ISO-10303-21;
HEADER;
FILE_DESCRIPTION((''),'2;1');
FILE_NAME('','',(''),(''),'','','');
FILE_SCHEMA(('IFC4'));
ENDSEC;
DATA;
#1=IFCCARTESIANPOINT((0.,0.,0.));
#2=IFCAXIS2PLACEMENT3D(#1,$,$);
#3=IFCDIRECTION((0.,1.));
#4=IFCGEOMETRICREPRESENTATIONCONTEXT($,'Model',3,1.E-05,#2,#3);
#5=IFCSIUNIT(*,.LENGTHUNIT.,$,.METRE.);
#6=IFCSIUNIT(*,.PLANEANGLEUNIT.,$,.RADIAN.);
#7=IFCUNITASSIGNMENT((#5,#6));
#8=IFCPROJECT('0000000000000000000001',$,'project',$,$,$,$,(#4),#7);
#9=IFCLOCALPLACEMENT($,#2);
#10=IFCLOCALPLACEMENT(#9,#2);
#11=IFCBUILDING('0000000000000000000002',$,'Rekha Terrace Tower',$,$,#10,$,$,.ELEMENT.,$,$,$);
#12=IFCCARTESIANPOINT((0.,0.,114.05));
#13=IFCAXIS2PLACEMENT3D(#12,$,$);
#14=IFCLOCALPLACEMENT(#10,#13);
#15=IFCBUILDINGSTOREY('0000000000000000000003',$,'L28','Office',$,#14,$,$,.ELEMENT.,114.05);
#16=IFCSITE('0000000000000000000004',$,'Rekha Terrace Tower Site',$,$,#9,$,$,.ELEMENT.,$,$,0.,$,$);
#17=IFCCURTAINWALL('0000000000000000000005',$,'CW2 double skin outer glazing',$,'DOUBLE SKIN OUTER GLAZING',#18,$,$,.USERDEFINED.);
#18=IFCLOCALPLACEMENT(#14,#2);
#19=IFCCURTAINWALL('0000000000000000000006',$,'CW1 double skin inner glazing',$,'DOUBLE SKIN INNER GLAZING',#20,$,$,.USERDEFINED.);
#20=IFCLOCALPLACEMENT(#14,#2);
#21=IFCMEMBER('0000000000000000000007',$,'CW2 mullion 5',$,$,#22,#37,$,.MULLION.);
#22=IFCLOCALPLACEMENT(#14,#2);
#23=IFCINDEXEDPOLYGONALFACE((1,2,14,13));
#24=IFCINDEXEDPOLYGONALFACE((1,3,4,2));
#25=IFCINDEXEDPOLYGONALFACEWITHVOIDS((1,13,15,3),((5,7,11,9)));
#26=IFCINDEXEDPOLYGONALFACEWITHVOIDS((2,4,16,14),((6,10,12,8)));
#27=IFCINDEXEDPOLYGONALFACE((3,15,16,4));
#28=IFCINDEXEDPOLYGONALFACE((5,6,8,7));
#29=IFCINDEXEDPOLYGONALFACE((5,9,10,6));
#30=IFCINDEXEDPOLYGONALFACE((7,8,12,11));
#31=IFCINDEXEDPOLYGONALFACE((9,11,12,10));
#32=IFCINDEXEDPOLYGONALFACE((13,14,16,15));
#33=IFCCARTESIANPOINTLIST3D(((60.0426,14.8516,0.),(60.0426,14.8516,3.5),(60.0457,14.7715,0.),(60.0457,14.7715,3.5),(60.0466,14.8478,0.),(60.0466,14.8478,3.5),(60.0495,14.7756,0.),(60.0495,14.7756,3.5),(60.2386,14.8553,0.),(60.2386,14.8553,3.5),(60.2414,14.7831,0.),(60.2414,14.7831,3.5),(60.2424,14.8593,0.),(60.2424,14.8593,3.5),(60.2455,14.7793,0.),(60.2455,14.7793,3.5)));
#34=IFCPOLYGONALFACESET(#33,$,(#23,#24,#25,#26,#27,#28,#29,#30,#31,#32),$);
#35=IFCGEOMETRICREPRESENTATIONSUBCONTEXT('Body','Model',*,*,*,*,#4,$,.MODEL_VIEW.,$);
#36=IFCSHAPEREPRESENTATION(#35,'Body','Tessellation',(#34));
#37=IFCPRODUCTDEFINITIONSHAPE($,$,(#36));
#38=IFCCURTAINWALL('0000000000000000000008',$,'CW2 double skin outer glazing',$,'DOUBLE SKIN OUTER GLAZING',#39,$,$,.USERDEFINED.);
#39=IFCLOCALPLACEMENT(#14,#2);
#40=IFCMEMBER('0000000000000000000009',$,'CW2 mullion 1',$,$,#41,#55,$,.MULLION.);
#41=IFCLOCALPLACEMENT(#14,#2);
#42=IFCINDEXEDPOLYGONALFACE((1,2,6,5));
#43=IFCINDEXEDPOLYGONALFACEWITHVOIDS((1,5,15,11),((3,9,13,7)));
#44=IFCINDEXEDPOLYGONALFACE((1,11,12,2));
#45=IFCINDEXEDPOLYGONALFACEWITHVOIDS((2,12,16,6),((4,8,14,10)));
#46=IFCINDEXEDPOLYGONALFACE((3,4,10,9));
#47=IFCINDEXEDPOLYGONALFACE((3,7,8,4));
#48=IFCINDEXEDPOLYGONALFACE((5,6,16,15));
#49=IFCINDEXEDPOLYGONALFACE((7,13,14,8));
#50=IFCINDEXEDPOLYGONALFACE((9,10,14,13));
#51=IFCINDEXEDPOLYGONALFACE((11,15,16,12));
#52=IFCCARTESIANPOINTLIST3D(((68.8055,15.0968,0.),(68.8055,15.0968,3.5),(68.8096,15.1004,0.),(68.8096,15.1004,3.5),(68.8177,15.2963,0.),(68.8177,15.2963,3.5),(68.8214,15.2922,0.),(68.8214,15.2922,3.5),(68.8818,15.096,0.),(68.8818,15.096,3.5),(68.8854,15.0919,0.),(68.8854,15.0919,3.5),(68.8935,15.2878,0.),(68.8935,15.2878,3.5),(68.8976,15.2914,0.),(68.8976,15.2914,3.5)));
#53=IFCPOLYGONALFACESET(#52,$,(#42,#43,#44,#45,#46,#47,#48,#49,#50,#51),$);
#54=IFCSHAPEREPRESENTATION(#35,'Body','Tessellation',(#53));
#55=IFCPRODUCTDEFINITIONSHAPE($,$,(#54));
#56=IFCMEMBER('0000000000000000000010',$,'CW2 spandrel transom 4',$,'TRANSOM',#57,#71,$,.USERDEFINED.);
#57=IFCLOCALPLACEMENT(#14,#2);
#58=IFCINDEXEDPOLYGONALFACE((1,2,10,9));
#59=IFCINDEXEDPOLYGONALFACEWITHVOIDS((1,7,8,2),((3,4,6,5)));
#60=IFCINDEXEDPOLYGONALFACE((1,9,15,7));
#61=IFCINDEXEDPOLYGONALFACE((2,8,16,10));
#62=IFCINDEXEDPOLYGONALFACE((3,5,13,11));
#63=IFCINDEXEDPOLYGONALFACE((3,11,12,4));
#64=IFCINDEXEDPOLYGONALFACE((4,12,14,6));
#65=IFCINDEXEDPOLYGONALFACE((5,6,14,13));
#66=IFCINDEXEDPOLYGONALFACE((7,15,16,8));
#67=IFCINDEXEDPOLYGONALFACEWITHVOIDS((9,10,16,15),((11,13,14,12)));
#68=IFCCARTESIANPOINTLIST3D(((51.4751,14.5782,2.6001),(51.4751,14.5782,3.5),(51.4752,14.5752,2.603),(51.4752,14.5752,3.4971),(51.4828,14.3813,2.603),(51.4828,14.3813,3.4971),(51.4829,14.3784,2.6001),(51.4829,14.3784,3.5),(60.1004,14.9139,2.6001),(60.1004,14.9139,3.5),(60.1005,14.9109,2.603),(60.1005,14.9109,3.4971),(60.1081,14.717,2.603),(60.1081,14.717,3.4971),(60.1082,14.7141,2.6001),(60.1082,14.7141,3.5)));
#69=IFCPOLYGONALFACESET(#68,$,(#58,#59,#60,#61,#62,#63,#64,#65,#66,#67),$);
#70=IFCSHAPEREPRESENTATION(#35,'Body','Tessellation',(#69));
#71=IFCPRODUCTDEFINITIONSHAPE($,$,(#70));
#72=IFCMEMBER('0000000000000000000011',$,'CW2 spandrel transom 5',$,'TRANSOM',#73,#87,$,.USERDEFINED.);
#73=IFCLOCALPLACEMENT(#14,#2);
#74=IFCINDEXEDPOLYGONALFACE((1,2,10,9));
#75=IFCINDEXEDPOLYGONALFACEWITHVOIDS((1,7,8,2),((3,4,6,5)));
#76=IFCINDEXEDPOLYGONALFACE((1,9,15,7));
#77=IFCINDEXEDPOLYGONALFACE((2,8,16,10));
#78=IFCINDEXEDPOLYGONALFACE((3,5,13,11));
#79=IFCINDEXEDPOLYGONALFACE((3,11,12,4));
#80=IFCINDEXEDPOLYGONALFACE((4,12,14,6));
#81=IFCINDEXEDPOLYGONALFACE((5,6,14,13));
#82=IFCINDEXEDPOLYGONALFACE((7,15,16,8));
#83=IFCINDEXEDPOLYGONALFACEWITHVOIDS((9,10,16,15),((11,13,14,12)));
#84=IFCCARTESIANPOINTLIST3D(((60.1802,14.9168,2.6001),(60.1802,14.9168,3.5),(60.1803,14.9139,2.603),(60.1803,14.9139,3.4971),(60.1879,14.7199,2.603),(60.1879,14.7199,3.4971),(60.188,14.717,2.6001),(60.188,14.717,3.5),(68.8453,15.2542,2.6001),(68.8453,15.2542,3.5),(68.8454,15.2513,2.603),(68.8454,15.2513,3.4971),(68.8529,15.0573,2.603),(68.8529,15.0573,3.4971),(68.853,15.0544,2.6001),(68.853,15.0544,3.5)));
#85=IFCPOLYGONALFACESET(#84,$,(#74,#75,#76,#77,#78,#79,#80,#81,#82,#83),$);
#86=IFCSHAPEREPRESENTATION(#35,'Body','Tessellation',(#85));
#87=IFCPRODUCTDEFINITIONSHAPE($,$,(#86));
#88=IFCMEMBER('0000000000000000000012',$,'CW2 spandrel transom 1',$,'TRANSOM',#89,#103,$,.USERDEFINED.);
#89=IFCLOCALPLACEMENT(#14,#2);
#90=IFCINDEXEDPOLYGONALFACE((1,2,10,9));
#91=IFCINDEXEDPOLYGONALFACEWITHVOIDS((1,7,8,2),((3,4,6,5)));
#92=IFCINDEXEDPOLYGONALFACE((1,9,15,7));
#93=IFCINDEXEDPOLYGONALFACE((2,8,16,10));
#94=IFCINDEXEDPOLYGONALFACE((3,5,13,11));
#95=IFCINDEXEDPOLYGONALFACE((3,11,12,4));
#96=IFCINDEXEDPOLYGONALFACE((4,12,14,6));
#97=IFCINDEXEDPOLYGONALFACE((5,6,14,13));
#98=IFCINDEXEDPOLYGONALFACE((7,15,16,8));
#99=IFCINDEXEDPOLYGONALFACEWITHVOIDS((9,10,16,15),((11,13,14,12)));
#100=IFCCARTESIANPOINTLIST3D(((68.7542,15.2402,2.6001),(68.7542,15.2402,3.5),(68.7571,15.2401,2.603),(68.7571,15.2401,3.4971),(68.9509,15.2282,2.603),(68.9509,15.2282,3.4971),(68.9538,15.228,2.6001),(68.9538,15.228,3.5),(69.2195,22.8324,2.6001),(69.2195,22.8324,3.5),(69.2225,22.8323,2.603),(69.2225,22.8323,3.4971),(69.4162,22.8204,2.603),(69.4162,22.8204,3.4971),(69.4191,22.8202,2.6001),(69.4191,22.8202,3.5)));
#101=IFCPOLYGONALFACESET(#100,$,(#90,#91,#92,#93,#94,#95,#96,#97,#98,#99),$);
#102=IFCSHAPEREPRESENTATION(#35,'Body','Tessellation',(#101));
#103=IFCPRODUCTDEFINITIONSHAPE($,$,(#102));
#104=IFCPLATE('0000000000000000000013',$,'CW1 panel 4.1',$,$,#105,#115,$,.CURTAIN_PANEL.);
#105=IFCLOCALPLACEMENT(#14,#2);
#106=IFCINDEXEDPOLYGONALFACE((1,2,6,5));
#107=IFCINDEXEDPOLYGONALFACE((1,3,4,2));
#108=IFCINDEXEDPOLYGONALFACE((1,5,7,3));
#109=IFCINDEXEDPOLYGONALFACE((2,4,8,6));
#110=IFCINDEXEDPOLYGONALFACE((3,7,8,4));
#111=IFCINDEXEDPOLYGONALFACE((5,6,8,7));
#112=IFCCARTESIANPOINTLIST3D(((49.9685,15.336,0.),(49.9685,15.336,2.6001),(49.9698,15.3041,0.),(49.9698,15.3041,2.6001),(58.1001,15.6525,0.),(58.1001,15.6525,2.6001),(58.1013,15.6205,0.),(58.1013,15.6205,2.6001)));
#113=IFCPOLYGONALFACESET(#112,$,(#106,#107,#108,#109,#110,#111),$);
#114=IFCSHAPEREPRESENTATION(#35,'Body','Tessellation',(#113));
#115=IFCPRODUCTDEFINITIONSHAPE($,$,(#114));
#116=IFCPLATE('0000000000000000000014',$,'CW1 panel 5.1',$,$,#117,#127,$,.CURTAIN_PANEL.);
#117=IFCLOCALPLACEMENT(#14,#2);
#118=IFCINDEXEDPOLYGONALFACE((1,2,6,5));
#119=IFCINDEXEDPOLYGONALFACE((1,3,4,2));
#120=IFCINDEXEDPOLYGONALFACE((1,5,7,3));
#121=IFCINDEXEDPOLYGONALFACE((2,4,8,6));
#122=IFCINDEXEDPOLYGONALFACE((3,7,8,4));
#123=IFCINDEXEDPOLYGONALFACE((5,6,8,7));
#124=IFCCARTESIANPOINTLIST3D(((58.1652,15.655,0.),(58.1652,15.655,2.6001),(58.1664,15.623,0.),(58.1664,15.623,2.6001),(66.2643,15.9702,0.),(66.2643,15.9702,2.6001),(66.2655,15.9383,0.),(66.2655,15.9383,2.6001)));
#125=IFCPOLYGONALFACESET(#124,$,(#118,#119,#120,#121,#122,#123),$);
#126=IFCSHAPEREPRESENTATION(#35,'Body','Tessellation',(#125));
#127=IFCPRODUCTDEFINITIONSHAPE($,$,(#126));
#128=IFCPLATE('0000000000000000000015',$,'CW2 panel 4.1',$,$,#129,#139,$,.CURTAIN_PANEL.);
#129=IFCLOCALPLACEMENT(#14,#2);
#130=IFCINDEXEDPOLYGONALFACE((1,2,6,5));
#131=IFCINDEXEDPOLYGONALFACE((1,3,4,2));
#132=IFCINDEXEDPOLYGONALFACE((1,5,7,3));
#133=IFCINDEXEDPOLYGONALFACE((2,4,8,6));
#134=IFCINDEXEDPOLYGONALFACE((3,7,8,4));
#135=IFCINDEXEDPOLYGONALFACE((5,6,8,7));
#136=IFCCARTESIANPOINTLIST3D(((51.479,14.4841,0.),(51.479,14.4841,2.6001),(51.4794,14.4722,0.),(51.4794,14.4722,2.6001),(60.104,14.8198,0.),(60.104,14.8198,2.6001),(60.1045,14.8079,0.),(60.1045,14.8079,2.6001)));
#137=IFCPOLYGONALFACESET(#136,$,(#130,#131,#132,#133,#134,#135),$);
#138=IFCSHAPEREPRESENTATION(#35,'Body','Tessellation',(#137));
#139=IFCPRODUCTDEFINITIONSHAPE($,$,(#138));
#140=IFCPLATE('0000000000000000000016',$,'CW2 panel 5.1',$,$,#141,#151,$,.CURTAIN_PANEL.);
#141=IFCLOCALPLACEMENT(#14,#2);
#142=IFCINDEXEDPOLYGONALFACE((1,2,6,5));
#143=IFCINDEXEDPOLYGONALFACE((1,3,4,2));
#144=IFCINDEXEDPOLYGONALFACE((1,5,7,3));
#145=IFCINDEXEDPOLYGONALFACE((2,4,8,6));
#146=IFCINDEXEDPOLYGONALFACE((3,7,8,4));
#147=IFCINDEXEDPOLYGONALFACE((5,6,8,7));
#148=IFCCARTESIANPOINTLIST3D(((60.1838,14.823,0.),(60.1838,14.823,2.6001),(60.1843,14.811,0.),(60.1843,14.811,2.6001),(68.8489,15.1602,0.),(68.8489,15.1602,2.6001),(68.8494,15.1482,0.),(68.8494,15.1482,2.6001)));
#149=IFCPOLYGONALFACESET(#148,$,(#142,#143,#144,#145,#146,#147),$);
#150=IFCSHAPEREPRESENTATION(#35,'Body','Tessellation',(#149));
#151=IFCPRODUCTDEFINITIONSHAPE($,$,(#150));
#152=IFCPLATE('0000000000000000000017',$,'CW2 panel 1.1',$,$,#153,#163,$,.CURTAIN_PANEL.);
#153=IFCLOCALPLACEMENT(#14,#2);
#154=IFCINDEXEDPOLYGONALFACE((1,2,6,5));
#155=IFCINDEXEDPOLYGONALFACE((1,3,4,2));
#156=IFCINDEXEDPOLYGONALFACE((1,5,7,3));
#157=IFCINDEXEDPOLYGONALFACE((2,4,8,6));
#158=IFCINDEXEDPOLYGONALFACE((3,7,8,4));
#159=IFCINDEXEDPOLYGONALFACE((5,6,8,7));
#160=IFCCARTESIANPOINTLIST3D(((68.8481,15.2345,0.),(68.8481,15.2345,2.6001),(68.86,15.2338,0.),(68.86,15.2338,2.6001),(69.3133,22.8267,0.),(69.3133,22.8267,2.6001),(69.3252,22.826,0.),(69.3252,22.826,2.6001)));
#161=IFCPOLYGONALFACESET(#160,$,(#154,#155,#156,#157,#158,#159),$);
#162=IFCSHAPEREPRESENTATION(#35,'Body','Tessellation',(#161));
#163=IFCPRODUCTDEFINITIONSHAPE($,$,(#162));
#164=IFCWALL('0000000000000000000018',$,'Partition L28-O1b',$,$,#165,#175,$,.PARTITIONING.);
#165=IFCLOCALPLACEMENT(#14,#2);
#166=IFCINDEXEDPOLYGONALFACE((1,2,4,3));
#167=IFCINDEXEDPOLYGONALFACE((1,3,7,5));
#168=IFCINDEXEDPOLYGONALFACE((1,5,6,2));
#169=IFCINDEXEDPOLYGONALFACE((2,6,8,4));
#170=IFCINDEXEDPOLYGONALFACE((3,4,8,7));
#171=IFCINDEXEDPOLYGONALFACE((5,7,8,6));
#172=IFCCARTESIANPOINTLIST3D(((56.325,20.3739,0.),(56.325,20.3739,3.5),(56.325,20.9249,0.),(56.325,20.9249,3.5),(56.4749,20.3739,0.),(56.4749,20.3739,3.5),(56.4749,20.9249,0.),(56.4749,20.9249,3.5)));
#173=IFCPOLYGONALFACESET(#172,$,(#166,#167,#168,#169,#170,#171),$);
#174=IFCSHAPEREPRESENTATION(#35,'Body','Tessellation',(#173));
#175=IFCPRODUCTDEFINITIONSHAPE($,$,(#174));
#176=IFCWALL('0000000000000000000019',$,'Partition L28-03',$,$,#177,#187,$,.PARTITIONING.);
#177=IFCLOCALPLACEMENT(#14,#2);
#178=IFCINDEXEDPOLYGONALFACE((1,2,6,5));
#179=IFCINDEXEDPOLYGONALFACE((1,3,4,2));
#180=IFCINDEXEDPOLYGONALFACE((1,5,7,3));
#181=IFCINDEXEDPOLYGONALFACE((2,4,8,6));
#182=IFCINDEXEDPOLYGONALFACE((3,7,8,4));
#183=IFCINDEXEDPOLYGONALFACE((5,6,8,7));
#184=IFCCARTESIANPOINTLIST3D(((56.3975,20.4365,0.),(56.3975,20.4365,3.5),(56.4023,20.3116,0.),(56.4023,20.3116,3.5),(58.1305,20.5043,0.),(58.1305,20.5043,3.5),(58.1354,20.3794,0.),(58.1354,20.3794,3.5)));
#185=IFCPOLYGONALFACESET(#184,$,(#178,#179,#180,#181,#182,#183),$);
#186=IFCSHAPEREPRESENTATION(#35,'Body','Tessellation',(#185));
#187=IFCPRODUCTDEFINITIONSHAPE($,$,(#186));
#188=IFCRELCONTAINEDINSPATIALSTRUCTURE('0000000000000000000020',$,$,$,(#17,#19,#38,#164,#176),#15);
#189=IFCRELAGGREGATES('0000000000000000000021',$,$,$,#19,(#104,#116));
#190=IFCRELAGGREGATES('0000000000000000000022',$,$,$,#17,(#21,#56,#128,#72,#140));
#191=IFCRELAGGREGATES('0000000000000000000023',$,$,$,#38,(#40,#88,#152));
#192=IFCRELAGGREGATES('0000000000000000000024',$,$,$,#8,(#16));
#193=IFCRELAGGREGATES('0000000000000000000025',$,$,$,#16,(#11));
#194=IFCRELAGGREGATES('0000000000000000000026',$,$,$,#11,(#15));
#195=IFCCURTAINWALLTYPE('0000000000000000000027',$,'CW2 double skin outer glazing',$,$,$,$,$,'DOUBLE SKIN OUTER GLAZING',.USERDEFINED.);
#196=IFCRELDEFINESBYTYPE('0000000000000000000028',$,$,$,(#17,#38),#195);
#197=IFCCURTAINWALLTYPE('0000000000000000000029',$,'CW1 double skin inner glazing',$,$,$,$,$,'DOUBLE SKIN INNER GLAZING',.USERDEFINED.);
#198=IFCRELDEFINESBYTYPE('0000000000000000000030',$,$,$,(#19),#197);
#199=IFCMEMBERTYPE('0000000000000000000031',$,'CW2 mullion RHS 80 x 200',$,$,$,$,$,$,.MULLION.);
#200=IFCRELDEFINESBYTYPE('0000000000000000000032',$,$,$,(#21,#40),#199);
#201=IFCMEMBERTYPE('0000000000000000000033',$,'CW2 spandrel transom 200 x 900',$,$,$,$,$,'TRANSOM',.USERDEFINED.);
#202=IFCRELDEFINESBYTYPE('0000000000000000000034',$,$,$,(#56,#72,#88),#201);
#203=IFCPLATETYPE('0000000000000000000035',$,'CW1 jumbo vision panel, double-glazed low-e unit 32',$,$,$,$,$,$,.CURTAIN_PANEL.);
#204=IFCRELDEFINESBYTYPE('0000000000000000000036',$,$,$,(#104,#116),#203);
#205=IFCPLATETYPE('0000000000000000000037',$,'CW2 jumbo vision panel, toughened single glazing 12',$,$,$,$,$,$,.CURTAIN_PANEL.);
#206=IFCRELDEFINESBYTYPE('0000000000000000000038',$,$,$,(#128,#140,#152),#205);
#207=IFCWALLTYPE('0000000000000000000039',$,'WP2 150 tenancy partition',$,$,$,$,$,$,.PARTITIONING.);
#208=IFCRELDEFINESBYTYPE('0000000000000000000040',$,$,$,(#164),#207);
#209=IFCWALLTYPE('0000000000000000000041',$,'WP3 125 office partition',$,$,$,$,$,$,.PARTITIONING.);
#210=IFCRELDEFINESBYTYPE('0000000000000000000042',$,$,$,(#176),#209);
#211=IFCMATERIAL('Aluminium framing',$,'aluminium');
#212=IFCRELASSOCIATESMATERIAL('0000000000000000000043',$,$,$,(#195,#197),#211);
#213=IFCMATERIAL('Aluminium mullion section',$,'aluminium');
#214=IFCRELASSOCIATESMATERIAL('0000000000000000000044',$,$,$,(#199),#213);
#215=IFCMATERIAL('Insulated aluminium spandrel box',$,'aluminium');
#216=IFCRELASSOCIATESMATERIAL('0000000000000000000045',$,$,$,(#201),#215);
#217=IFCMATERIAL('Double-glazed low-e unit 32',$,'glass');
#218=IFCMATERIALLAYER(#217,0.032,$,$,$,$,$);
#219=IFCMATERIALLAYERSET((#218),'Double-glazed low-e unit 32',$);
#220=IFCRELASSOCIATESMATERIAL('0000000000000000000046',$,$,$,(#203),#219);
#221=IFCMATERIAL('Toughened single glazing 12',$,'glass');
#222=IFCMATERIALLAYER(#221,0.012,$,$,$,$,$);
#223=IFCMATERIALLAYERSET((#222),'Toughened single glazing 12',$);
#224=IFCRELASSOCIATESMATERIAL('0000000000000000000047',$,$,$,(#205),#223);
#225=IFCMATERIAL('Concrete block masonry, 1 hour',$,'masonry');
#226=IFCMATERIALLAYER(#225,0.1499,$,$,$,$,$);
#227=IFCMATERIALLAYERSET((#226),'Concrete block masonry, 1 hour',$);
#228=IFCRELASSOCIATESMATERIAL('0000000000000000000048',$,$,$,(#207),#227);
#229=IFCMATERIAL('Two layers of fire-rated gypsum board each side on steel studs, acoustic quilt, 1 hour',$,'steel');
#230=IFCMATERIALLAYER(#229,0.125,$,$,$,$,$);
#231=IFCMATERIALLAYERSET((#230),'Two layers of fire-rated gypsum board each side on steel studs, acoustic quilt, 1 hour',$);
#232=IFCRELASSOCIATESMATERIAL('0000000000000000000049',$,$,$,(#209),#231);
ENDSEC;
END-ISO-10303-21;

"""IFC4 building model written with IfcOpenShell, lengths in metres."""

from ifc_helpers import new_model, si_unit, direction, frame, frame_2d, origin, origin_2d, place, context, subcontext, project, spatial, rectangle, hollow_rectangle, extrude, material, layer, layer_set, material_profile, profile_set, type_object, element, aggregate, save


model = new_model("IFC4")

# Units and contexts
model_context = context("Model", 3, precision=1e-05, world=origin(), true_north=direction((0.0, 1.0)))
body_context = subcontext(model_context, "Body", "Model", "MODEL_VIEW")
ifc_project = project(units=[si_unit("LENGTHUNIT", "METRE"), si_unit("PLANEANGLEUNIT", "RADIAN")], contexts=[model_context])

# Site, building, storey
site_placement = place(None, origin())
site = spatial("IfcSite", under=ifc_project, at=site_placement, Name="Rekha Terrace Tower Site", CompositionType="ELEMENT", RefElevation=0.0)
building_placement = place(site_placement, origin())
building = spatial("IfcBuilding", under=site, at=building_placement, Name="Rekha Terrace Tower", CompositionType="ELEMENT")
storey_placement = place(building_placement, frame((0.0, 0.0, 114.05)))
storey = spatial("IfcBuildingStorey", under=building, at=storey_placement, Name="L28", Description="Office", CompositionType="ELEMENT", Elevation=114.05)

# Curtain walls
ifc_material_1 = material(Name="Aluminium framing", Category="aluminium")
curtain_wall_type_1 = type_object("IfcCurtainWallType", Name="CW2 double skin outer glazing", ElementType="DOUBLE SKIN OUTER GLAZING", PredefinedType="USERDEFINED", material=ifc_material_1)
curtain_wall_1_placement = place(storey_placement, origin())
curtain_wall_1 = element("IfcCurtainWall", 1, at=curtain_wall_1_placement, inside=storey, type_object=curtain_wall_type_1, Name="CW2 double skin outer glazing", ObjectType="DOUBLE SKIN OUTER GLAZING", PredefinedType="USERDEFINED")
curtain_wall_type_2 = type_object("IfcCurtainWallType", Name="CW1 double skin inner glazing", ElementType="DOUBLE SKIN INNER GLAZING", PredefinedType="USERDEFINED", material=ifc_material_1)
curtain_wall_2_placement = place(storey_placement, origin())
curtain_wall_2 = element("IfcCurtainWall", 2, at=curtain_wall_2_placement, inside=storey, type_object=curtain_wall_type_2, Name="CW1 double skin inner glazing", ObjectType="DOUBLE SKIN INNER GLAZING", PredefinedType="USERDEFINED")
ifc_material_2 = material(Name="Aluminium mullion section", Category="aluminium")

# Member
ifc_material_3 = material(Name="Insulated aluminium spandrel box", Category="aluminium")
ifc_material_profile_1 = material_profile(ifc_material_2, hollow_rectangle(XDim=0.0801, YDim=0.2, WallThickness=0.0039, at=origin_2d()), Name="AL RHS 80x200")
ifc_profile_set_1 = profile_set([ifc_material_profile_1], Name="Aluminium mullion section")
member_type_1 = type_object("IfcMemberType", Name="CW2 mullion RHS 80 x 200", PredefinedType="MULLION", material=ifc_profile_set_1)
member_1_placement = place(storey_placement, frame((60.144, 14.8154, 0.0), z_axis=(0.0, 0.0, 1.0), x_axis=(-0.03889, 0.999243, 0.0)))
member_1 = element("IfcMember", 3, at=member_1_placement, type_object=member_type_1, Name="CW2 mullion 5", PredefinedType="MULLION", context=body_context, shape_type="SweptSolid", body=[
    extrude(hollow_rectangle(XDim=0.0801, YDim=0.2, WallThickness=0.0039, at=origin_2d()), origin(), (0.0, 0.0, 1.0), 3.5),
])

# Curtain wall, member
curtain_wall_3_placement = place(storey_placement, origin())
curtain_wall_3 = element("IfcCurtainWall", 4, at=curtain_wall_3_placement, inside=storey, type_object=curtain_wall_type_1, Name="CW2 double skin outer glazing", ObjectType="DOUBLE SKIN OUTER GLAZING", PredefinedType="USERDEFINED")
member_2_placement = place(storey_placement, frame((68.8516, 15.1941, 0.0), z_axis=(0.0, 0.0, 1.0), x_axis=(-0.998128, 0.06116, 0.0)))
member_2 = element("IfcMember", 5, at=member_2_placement, type_object=member_type_1, Name="CW2 mullion 1", PredefinedType="MULLION", context=body_context, shape_type="SweptSolid", body=[
    extrude(hollow_rectangle(XDim=0.0801, YDim=0.2, WallThickness=0.0039, at=origin_2d()), origin(), (0.0, 0.0, 1.0), 3.5),
])

# Members
ifc_material_profile_2 = material_profile(ifc_material_3, hollow_rectangle(XDim=0.2, YDim=0.8999, WallThickness=0.0029, at=origin_2d()), Name="AL SPANDREL BOX 200x900")
ifc_profile_set_2 = profile_set([ifc_material_profile_2], Name="Insulated aluminium spandrel box")
member_type_2 = type_object("IfcMemberType", Name="CW2 spandrel transom 200 x 900", ElementType="TRANSOM", PredefinedType="USERDEFINED", material=ifc_profile_set_2)
member_3_placement = place(storey_placement, frame((51.479, 14.4783, 3.05), z_axis=(0.999243, 0.03889, 0.0), x_axis=(-0.03889, 0.999243, 0.0)))
member_3 = element("IfcMember", 6, at=member_3_placement, type_object=member_type_2, Name="CW2 spandrel transom 4", ObjectType="TRANSOM", PredefinedType="USERDEFINED", context=body_context, shape_type="SweptSolid", body=[
    extrude(hollow_rectangle(XDim=0.2, YDim=0.8999, WallThickness=0.0029, at=origin_2d()), origin(), (0.0, 0.0, 1.0), 8.6318),
])
member_4_placement = place(storey_placement, frame((60.1841, 14.8169, 3.05), z_axis=(0.999243, 0.038909, 0.0), x_axis=(-0.038909, 0.999243, 0.0)))
member_4 = element("IfcMember", 7, at=member_4_placement, type_object=member_type_2, Name="CW2 spandrel transom 5", ObjectType="TRANSOM", PredefinedType="USERDEFINED", context=body_context, shape_type="SweptSolid", body=[
    extrude(hollow_rectangle(XDim=0.2, YDim=0.8999, WallThickness=0.0029, at=origin_2d()), origin(), (0.0, 0.0, 1.0), 8.6716),
])
member_5_placement = place(storey_placement, frame((68.854, 15.2341, 3.05), z_axis=(0.061175, 0.998127, 0.0), x_axis=(-0.998127, 0.061175, 0.0)))
member_5 = element("IfcMember", 8, at=member_5_placement, type_object=member_type_2, Name="CW2 spandrel transom 1", ObjectType="TRANSOM", PredefinedType="USERDEFINED", context=body_context, shape_type="SweptSolid", body=[
    extrude(hollow_rectangle(XDim=0.2, YDim=0.8999, WallThickness=0.0029, at=origin_2d()), origin(), (0.0, 0.0, 1.0), 7.6064),
])

# Plates
ifc_material_4 = material(Name="Double-glazed low-e unit 32", Category="glass")
ifc_layer_1 = layer(ifc_material_4, 0.032)
ifc_layer_set_1 = layer_set([ifc_layer_1], Name="Double-glazed low-e unit 32")
plate_type_1 = type_object("IfcPlateType", Name="CW1 jumbo vision panel, double-glazed low-e unit 32", PredefinedType="CURTAIN_PANEL", material=ifc_layer_set_1)
plate_1_placement = place(storey_placement, frame((54.0349, 15.4783, 0.0), z_axis=(0.0, 0.0, 1.0), x_axis=(0.999243, 0.03889, 0.0)))
plate_1 = element("IfcPlate", 9, at=plate_1_placement, type_object=plate_type_1, Name="CW1 panel 4.1", PredefinedType="CURTAIN_PANEL", context=body_context, shape_type="SweptSolid", body=[
    extrude(rectangle(XDim=8.1377, YDim=0.032, at=origin_2d()), origin(), (0.0, 0.0, 1.0), 2.6001),
])
plate_2_placement = place(storey_placement, frame((62.2153, 15.7966, 0.0), z_axis=(0.0, 0.0, 1.0), x_axis=(0.999243, 0.03889, 0.0)))
plate_2 = element("IfcPlate", 10, at=plate_2_placement, type_object=plate_type_1, Name="CW1 panel 5.1", PredefinedType="CURTAIN_PANEL", context=body_context, shape_type="SweptSolid", body=[
    extrude(rectangle(XDim=8.1052, YDim=0.032, at=origin_2d()), origin(), (0.0, 0.0, 1.0), 2.6001),
])
aggregate(curtain_wall_2, [plate_1, plate_2])
ifc_material_5 = material(Name="Toughened single glazing 12", Category="glass")
ifc_layer_2 = layer(ifc_material_5, 0.012)
ifc_layer_set_2 = layer_set([ifc_layer_2], Name="Toughened single glazing 12")
plate_type_2 = type_object("IfcPlateType", Name="CW2 jumbo vision panel, toughened single glazing 12", PredefinedType="CURTAIN_PANEL", material=ifc_layer_set_2)
plate_3_placement = place(storey_placement, frame((55.7917, 14.646, 0.0), z_axis=(0.0, 0.0, 1.0), x_axis=(0.999243, 0.03889, 0.0)))
plate_3 = element("IfcPlate", 11, at=plate_3_placement, type_object=plate_type_2, Name="CW2 panel 4.1", PredefinedType="CURTAIN_PANEL", context=body_context, shape_type="SweptSolid", body=[
    extrude(rectangle(XDim=8.6316, YDim=0.012, at=origin_2d()), origin(), (0.0, 0.0, 1.0), 2.6001),
])
plate_4_placement = place(storey_placement, frame((64.5166, 14.9856, 0.0), z_axis=(0.0, 0.0, 1.0), x_axis=(0.999243, 0.03889, 0.0)))
plate_4 = element("IfcPlate", 12, at=plate_4_placement, type_object=plate_type_2, Name="CW2 panel 5.1", PredefinedType="CURTAIN_PANEL", context=body_context, shape_type="SweptSolid", body=[
    extrude(rectangle(XDim=8.6716, YDim=0.012, at=origin_2d()), origin(), (0.0, 0.0, 1.0), 2.6001),
])
aggregate(curtain_wall_1, [member_1, member_3, plate_3, member_4, plate_4])
plate_5_placement = place(storey_placement, frame((69.0867, 19.0303, 0.0), z_axis=(0.0, 0.0, 1.0), x_axis=(0.06116, 0.998128, 0.0)))
plate_5 = element("IfcPlate", 13, at=plate_5_placement, type_object=plate_type_2, Name="CW2 panel 1.1", PredefinedType="CURTAIN_PANEL", context=body_context, shape_type="SweptSolid", body=[
    extrude(rectangle(XDim=7.6064, YDim=0.012, at=origin_2d()), origin(), (0.0, 0.0, 1.0), 2.6001),
])
aggregate(curtain_wall_3, [member_2, member_5, plate_5])

# Walls
ifc_material_6 = material(Name="Concrete block masonry, 1 hour", Category="masonry")
ifc_layer_3 = layer(ifc_material_6, 0.1499)
ifc_layer_set_3 = layer_set([ifc_layer_3], Name="Concrete block masonry, 1 hour")
wall_type_1 = type_object("IfcWallType", Name="WP2 150 tenancy partition", PredefinedType="PARTITIONING", material=ifc_layer_set_3)
wall_1_placement = place(storey_placement, frame((56.3999, 20.374, 0.0), z_axis=(0.0, 0.0, 1.0), x_axis=(0.0, 1.0, 0.0)))
element("IfcWall", 14, at=wall_1_placement, inside=storey, type_object=wall_type_1, Name="Partition L28-O1b", PredefinedType="PARTITIONING", context=body_context, shape_type="SweptSolid", body=[
    extrude(rectangle(XDim=0.551, YDim=0.1499, at=frame_2d((0.2754, 0.0))), origin(), (0.0, 0.0, 1.0), 3.5),
])
ifc_material_7 = material(Name="Two layers of fire-rated gypsum board each side on steel studs, acoustic quilt, 1 hour", Category="steel")
ifc_layer_4 = layer(ifc_material_7, 0.125)
ifc_layer_set_4 = layer_set([ifc_layer_4], Name="Two layers of fire-rated gypsum board each side on steel studs, acoustic quilt, 1 hour")
wall_type_2 = type_object("IfcWallType", Name="WP3 125 office partition", PredefinedType="PARTITIONING", material=ifc_layer_set_4)
wall_2_placement = place(storey_placement, frame((56.3999, 20.374, 0.0), z_axis=(0.0, 0.0, 1.0), x_axis=(0.999234, 0.03913, 0.0)))
element("IfcWall", 15, at=wall_2_placement, inside=storey, type_object=wall_type_2, Name="Partition L28-03", PredefinedType="PARTITIONING", context=body_context, shape_type="SweptSolid", body=[
    extrude(rectangle(XDim=1.7344, YDim=0.125, at=frame_2d((0.8672, 0.0))), origin(), (0.0, 0.0, 1.0), 3.5),
])

save(model, "model.ifc")
